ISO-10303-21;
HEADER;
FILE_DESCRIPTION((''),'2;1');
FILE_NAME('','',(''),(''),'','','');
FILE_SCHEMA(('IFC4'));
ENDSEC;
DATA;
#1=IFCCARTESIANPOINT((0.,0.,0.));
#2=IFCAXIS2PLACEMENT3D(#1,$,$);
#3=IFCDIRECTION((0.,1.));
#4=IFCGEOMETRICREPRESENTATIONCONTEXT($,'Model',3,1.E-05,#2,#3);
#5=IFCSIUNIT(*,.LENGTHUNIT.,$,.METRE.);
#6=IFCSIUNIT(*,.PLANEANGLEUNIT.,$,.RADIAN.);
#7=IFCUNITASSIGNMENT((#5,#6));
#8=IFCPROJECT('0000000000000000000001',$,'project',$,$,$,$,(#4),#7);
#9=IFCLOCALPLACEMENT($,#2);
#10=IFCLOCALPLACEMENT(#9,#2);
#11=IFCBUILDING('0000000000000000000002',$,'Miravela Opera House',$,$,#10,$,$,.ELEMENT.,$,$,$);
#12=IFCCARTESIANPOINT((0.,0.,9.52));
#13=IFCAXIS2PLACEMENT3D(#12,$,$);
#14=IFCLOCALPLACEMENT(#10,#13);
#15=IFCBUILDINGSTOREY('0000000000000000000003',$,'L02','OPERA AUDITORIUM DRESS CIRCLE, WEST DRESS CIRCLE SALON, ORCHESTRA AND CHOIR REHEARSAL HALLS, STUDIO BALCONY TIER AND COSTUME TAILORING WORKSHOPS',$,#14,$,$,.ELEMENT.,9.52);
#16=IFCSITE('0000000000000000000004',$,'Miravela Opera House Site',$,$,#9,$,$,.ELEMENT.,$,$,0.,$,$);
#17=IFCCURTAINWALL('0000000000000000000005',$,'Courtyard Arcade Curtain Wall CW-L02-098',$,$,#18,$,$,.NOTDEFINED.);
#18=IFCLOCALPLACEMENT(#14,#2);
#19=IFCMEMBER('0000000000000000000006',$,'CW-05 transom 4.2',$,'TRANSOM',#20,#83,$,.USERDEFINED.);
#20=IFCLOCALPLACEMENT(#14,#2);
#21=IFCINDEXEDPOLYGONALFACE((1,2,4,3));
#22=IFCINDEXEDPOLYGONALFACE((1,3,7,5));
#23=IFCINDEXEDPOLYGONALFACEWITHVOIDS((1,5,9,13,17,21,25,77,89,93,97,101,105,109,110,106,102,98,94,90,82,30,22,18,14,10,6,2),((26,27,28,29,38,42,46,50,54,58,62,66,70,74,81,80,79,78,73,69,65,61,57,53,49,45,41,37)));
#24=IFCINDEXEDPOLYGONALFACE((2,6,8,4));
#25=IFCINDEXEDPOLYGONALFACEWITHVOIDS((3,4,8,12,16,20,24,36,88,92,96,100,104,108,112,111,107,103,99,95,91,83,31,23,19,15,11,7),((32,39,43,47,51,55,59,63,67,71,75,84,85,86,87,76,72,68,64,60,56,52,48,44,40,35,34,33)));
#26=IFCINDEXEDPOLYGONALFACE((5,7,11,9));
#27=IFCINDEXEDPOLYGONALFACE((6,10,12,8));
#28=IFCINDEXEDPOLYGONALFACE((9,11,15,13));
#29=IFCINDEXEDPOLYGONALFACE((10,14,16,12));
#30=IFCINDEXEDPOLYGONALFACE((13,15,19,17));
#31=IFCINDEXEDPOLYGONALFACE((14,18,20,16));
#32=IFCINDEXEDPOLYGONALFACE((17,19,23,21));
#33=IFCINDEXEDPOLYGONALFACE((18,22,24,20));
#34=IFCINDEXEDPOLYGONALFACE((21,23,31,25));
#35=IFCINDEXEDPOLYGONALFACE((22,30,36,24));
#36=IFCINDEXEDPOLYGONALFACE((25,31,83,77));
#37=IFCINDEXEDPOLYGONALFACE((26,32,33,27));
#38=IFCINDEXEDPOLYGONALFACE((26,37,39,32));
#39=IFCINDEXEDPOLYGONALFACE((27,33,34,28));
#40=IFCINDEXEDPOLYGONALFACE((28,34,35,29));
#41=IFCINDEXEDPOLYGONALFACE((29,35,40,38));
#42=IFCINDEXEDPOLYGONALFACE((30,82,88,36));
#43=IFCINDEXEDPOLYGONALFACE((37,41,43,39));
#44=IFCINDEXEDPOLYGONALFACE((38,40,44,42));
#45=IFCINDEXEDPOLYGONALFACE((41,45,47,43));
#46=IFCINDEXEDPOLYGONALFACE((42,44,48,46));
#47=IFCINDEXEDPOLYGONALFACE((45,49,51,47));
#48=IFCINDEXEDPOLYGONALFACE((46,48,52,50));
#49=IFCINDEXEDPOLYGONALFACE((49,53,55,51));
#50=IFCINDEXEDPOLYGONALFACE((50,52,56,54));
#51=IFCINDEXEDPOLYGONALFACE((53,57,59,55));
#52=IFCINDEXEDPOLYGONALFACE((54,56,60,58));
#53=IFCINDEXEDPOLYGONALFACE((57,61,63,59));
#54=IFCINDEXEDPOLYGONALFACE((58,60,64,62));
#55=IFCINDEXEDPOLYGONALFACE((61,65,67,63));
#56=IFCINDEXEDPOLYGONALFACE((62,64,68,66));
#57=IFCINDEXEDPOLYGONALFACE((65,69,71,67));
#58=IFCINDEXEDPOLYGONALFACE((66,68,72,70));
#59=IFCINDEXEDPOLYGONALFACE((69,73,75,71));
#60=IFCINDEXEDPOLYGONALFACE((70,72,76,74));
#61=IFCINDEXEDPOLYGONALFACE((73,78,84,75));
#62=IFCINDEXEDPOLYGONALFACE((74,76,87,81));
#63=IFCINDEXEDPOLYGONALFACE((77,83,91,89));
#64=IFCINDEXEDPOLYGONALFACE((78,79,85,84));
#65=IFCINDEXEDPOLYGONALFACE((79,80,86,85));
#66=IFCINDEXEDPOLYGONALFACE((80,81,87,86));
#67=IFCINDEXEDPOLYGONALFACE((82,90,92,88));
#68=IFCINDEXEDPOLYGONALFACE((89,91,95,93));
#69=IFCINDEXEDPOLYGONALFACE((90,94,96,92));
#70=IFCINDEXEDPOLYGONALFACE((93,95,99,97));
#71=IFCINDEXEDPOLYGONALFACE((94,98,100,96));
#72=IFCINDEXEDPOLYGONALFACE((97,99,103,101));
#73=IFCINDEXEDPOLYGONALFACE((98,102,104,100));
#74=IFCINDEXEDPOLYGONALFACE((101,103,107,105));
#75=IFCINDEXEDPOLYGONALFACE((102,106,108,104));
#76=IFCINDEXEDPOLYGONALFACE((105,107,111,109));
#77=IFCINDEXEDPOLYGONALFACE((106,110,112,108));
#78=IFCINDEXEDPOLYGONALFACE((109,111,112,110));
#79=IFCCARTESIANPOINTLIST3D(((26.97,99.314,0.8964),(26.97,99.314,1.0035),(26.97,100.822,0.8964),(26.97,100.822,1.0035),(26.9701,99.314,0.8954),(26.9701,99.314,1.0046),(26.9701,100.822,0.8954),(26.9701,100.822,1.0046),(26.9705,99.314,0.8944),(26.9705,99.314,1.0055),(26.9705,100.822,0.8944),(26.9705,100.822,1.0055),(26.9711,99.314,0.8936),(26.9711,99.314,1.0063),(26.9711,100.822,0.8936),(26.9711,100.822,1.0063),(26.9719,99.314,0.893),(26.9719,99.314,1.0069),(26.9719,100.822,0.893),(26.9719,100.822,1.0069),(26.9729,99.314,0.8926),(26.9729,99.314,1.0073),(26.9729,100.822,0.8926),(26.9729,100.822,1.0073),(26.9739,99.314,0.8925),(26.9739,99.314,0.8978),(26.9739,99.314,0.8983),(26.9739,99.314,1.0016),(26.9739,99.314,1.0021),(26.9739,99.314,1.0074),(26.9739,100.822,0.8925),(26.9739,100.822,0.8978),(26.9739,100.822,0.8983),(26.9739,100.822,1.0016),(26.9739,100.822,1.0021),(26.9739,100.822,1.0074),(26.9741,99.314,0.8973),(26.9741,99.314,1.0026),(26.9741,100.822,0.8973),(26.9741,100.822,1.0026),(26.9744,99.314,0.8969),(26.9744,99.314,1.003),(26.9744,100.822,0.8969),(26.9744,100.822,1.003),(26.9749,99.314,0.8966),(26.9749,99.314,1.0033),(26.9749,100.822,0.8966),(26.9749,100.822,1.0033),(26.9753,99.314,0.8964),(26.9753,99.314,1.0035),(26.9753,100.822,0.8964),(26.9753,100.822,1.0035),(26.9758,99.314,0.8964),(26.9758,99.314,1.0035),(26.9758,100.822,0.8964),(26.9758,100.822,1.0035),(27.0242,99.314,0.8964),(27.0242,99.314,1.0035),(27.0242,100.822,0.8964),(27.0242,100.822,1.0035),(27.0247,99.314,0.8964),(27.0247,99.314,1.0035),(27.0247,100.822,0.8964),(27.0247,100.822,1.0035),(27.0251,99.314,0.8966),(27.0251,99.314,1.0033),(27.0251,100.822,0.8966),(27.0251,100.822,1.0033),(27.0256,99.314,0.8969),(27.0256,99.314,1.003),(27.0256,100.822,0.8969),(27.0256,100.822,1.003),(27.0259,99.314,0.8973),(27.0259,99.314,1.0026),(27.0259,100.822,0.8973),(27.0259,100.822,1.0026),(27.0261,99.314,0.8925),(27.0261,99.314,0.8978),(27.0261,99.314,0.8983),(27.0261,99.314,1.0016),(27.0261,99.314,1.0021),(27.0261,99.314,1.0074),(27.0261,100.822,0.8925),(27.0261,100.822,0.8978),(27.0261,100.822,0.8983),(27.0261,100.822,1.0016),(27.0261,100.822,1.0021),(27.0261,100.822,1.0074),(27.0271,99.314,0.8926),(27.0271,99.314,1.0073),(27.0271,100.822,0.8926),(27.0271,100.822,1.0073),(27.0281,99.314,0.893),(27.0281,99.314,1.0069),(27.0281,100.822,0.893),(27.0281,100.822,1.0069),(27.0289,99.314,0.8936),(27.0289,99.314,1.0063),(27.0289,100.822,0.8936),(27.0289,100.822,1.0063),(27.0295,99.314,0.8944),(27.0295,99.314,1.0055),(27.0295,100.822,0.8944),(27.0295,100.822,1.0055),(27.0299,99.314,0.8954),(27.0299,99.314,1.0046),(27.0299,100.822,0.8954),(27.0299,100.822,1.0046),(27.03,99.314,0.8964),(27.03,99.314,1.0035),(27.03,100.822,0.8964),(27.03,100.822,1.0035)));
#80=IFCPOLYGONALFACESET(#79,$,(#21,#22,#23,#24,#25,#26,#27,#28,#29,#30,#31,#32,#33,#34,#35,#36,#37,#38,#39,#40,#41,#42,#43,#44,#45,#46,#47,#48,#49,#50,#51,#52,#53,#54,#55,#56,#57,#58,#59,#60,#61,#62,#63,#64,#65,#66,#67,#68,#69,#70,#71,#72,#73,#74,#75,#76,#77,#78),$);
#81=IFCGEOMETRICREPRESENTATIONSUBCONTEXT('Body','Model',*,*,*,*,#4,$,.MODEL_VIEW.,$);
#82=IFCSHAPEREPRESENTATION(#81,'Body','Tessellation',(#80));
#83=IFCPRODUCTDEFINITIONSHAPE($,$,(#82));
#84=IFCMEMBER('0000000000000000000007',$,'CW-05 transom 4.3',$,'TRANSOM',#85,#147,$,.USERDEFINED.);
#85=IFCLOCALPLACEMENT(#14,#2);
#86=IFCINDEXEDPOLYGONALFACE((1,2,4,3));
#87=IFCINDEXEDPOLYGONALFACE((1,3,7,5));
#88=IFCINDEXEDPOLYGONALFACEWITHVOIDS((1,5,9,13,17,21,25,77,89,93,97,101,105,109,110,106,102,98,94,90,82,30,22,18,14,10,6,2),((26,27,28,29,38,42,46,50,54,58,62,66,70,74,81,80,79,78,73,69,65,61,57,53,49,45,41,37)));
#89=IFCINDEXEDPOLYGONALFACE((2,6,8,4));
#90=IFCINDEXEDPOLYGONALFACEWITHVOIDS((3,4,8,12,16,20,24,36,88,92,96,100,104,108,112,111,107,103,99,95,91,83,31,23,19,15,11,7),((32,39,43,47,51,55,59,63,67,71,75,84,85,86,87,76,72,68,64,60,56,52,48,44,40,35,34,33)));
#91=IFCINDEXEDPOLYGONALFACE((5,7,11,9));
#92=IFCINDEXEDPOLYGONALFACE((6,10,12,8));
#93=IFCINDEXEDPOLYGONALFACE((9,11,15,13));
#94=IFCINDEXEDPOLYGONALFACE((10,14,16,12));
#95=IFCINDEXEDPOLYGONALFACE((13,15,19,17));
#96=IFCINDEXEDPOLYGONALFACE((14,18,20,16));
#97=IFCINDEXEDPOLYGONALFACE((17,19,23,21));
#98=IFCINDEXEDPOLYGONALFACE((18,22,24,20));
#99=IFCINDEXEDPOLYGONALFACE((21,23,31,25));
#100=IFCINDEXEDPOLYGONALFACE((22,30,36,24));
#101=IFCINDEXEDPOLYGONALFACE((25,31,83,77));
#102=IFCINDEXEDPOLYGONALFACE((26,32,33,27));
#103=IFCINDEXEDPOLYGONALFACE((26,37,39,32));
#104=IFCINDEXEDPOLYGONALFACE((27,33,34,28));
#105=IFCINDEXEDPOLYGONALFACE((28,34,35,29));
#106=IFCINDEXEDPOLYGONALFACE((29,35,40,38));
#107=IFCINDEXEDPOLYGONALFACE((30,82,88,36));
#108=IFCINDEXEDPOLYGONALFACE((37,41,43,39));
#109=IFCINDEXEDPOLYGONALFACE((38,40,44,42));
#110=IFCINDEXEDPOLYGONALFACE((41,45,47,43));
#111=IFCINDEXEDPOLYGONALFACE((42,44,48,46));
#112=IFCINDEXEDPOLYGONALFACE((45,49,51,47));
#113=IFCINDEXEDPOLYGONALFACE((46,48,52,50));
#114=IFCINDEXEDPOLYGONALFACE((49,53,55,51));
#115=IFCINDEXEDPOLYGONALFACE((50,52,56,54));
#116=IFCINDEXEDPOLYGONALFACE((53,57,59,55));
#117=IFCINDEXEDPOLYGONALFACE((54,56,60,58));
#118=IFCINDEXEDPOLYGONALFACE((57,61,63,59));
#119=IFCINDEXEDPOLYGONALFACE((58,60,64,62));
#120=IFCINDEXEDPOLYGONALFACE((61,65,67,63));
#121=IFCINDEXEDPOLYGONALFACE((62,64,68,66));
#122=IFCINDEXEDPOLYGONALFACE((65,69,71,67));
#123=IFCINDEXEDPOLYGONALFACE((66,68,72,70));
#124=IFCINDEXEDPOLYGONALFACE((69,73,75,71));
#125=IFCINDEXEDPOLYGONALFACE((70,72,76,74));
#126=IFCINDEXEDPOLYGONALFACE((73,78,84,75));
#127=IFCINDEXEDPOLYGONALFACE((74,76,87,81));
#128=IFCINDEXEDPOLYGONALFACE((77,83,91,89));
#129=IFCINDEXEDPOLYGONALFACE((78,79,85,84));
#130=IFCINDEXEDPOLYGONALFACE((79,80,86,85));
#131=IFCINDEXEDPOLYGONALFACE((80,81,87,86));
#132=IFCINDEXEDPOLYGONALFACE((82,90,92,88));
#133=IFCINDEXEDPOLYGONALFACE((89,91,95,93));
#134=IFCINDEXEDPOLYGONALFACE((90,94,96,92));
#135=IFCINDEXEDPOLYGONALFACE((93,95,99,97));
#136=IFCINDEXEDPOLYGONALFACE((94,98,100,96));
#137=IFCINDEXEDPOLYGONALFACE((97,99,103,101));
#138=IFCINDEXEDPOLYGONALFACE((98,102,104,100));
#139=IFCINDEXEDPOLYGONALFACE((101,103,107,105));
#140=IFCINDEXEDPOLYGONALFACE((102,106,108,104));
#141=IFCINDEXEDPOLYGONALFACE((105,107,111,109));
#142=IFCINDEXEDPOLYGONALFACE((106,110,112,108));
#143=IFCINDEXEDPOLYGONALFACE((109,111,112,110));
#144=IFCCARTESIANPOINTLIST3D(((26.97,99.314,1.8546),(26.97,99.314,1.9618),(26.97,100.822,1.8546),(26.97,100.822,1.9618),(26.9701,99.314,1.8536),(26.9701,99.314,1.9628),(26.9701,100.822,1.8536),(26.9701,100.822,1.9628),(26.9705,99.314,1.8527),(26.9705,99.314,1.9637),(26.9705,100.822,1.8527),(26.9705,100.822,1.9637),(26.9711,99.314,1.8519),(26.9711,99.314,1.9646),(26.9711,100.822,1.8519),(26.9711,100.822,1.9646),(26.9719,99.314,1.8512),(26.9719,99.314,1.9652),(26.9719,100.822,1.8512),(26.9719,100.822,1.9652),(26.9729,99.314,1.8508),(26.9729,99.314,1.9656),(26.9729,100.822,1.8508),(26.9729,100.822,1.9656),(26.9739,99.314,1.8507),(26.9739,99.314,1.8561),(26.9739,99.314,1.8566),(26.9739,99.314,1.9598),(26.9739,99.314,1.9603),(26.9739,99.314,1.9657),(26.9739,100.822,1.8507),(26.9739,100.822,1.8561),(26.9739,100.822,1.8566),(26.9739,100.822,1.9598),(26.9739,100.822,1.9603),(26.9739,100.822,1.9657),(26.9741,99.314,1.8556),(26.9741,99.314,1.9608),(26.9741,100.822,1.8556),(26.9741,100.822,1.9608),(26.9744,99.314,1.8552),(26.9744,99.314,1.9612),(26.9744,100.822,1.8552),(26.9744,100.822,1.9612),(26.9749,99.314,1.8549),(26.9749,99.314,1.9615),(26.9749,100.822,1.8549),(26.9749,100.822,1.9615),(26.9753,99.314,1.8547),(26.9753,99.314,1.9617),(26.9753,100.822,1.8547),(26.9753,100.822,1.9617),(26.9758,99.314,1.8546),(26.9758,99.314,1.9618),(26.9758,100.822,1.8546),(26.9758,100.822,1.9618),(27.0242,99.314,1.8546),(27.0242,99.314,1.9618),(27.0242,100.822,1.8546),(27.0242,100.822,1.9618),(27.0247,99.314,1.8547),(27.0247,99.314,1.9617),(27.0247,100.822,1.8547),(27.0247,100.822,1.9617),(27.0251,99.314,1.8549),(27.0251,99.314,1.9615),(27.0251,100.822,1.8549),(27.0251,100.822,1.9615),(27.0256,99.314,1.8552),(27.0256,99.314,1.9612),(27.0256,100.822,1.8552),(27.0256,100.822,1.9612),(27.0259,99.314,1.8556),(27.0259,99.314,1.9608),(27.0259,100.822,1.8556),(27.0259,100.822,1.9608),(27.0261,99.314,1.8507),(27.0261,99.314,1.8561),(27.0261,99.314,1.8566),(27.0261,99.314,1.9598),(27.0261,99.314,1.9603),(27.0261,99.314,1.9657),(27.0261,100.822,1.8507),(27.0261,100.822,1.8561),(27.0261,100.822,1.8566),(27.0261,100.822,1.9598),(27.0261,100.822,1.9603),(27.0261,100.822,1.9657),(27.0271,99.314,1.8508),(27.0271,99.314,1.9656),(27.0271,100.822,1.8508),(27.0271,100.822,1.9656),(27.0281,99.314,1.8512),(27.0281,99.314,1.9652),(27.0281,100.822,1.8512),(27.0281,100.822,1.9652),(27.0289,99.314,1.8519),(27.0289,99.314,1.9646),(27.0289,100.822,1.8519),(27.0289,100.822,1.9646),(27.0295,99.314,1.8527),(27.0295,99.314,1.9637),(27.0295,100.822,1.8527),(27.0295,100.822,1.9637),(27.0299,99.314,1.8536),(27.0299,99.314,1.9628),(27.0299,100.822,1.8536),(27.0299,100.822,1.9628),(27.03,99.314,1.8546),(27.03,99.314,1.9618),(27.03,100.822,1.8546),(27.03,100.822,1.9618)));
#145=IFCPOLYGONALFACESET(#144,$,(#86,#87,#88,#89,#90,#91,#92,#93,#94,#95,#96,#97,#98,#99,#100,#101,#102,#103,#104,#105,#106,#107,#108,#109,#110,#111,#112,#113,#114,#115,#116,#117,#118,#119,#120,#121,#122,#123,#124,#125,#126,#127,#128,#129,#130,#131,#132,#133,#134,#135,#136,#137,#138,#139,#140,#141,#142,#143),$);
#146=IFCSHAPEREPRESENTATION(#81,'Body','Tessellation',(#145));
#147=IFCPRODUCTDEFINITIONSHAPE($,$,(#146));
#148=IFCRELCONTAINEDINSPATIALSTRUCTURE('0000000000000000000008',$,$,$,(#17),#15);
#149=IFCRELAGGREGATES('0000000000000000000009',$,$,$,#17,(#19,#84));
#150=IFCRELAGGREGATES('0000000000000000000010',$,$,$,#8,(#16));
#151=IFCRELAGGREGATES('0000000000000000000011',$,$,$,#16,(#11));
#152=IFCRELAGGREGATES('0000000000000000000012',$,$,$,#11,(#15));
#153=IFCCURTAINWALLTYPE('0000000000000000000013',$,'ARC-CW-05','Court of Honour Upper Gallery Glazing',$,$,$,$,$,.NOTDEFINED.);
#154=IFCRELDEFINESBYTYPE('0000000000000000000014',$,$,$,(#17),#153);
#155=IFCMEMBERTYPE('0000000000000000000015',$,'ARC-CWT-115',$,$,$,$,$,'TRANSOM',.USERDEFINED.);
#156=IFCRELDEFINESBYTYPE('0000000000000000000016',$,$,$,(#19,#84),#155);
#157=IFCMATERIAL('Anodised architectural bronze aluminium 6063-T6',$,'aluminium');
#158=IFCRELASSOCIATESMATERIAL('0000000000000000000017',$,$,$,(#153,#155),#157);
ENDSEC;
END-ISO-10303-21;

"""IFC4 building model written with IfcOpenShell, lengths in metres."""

from ifc_helpers import new_model, si_unit, direction, frame, origin, origin_2d, place, context, subcontext, project, spatial, hollow_rectangle, extrude, material, material_profile, profile_set, type_object, element, aggregate, save


model = new_model("IFC4")

# Units and contexts
model_context = context("Model", 3, precision=1e-05, world=origin(), true_north=direction((0.0, 1.0)))
body_context = subcontext(model_context, "Body", "Model", "MODEL_VIEW")
ifc_project = project(units=[si_unit("LENGTHUNIT", "METRE"), si_unit("PLANEANGLEUNIT", "RADIAN")], contexts=[model_context])

# Site, building, storey
site_placement = place(None, origin())
site = spatial("IfcSite", under=ifc_project, at=site_placement, Name="Miravela Opera House Site", CompositionType="ELEMENT", RefElevation=0.0)
building_placement = place(site_placement, origin())
building = spatial("IfcBuilding", under=site, at=building_placement, Name="Miravela Opera House", CompositionType="ELEMENT")
storey_placement = place(building_placement, frame((0.0, 0.0, 9.52)))
storey = spatial("IfcBuildingStorey", under=building, at=storey_placement, Name="L02", Description="OPERA AUDITORIUM DRESS CIRCLE, WEST DRESS CIRCLE SALON, ORCHESTRA AND CHOIR REHEARSAL HALLS, STUDIO BALCONY TIER AND COSTUME TAILORING WORKSHOPS", CompositionType="ELEMENT", Elevation=9.52)

# Curtain wall, members
ifc_material_1 = material(Name="Anodised architectural bronze aluminium 6063-T6", Category="aluminium")
curtain_wall_type = type_object("IfcCurtainWallType", Name="ARC-CW-05", Description="Court of Honour Upper Gallery Glazing", PredefinedType="NOTDEFINED", material=ifc_material_1)
curtain_wall_placement = place(storey_placement, origin())
curtain_wall = element("IfcCurtainWall", 1, at=curtain_wall_placement, inside=storey, type_object=curtain_wall_type, Name="Courtyard Arcade Curtain Wall CW-L02-098", PredefinedType="NOTDEFINED")
ifc_material_profile_1 = material_profile(ifc_material_1, hollow_rectangle(XDim=0.0601, YDim=0.115, WallThickness=0.0039, InnerFilletRadius=0.002, OuterFilletRadius=0.0039, at=origin_2d()), Name="CWT-60X115")
ifc_profile_set_1 = profile_set([ifc_material_profile_1])
member_type_1 = type_object("IfcMemberType", Name="ARC-CWT-115", ElementType="TRANSOM", PredefinedType="USERDEFINED", material=ifc_profile_set_1)
member_1_placement = place(storey_placement, frame((27.0, 99.314, 0.95), z_axis=(0.0, 1.0, 0.0), x_axis=(-1.0, 0.0, 0.0)))
member_1 = element("IfcMember", 2, at=member_1_placement, type_object=member_type_1, Name="CW-05 transom 4.2", ObjectType="TRANSOM", PredefinedType="USERDEFINED", context=body_context, shape_type="SweptSolid", body=[
    extrude(hollow_rectangle(XDim=0.0601, YDim=0.115, WallThickness=0.0039, InnerFilletRadius=0.002, OuterFilletRadius=0.0039, at=origin_2d()), origin(), (0.0, 0.0, 1.0), 1.5081),
])
member_2_placement = place(storey_placement, frame((27.0, 99.314, 1.9082), z_axis=(0.0, 1.0, 0.0), x_axis=(-1.0, 0.0, 0.0)))
member_2 = element("IfcMember", 3, at=member_2_placement, type_object=member_type_1, Name="CW-05 transom 4.3", ObjectType="TRANSOM", PredefinedType="USERDEFINED", context=body_context, shape_type="SweptSolid", body=[
    extrude(hollow_rectangle(XDim=0.0601, YDim=0.115, WallThickness=0.0039, InnerFilletRadius=0.002, OuterFilletRadius=0.0039, at=origin_2d()), origin(), (0.0, 0.0, 1.0), 1.5081),
])
aggregate(curtain_wall, [member_1, member_2])

save(model, "model.ifc")
